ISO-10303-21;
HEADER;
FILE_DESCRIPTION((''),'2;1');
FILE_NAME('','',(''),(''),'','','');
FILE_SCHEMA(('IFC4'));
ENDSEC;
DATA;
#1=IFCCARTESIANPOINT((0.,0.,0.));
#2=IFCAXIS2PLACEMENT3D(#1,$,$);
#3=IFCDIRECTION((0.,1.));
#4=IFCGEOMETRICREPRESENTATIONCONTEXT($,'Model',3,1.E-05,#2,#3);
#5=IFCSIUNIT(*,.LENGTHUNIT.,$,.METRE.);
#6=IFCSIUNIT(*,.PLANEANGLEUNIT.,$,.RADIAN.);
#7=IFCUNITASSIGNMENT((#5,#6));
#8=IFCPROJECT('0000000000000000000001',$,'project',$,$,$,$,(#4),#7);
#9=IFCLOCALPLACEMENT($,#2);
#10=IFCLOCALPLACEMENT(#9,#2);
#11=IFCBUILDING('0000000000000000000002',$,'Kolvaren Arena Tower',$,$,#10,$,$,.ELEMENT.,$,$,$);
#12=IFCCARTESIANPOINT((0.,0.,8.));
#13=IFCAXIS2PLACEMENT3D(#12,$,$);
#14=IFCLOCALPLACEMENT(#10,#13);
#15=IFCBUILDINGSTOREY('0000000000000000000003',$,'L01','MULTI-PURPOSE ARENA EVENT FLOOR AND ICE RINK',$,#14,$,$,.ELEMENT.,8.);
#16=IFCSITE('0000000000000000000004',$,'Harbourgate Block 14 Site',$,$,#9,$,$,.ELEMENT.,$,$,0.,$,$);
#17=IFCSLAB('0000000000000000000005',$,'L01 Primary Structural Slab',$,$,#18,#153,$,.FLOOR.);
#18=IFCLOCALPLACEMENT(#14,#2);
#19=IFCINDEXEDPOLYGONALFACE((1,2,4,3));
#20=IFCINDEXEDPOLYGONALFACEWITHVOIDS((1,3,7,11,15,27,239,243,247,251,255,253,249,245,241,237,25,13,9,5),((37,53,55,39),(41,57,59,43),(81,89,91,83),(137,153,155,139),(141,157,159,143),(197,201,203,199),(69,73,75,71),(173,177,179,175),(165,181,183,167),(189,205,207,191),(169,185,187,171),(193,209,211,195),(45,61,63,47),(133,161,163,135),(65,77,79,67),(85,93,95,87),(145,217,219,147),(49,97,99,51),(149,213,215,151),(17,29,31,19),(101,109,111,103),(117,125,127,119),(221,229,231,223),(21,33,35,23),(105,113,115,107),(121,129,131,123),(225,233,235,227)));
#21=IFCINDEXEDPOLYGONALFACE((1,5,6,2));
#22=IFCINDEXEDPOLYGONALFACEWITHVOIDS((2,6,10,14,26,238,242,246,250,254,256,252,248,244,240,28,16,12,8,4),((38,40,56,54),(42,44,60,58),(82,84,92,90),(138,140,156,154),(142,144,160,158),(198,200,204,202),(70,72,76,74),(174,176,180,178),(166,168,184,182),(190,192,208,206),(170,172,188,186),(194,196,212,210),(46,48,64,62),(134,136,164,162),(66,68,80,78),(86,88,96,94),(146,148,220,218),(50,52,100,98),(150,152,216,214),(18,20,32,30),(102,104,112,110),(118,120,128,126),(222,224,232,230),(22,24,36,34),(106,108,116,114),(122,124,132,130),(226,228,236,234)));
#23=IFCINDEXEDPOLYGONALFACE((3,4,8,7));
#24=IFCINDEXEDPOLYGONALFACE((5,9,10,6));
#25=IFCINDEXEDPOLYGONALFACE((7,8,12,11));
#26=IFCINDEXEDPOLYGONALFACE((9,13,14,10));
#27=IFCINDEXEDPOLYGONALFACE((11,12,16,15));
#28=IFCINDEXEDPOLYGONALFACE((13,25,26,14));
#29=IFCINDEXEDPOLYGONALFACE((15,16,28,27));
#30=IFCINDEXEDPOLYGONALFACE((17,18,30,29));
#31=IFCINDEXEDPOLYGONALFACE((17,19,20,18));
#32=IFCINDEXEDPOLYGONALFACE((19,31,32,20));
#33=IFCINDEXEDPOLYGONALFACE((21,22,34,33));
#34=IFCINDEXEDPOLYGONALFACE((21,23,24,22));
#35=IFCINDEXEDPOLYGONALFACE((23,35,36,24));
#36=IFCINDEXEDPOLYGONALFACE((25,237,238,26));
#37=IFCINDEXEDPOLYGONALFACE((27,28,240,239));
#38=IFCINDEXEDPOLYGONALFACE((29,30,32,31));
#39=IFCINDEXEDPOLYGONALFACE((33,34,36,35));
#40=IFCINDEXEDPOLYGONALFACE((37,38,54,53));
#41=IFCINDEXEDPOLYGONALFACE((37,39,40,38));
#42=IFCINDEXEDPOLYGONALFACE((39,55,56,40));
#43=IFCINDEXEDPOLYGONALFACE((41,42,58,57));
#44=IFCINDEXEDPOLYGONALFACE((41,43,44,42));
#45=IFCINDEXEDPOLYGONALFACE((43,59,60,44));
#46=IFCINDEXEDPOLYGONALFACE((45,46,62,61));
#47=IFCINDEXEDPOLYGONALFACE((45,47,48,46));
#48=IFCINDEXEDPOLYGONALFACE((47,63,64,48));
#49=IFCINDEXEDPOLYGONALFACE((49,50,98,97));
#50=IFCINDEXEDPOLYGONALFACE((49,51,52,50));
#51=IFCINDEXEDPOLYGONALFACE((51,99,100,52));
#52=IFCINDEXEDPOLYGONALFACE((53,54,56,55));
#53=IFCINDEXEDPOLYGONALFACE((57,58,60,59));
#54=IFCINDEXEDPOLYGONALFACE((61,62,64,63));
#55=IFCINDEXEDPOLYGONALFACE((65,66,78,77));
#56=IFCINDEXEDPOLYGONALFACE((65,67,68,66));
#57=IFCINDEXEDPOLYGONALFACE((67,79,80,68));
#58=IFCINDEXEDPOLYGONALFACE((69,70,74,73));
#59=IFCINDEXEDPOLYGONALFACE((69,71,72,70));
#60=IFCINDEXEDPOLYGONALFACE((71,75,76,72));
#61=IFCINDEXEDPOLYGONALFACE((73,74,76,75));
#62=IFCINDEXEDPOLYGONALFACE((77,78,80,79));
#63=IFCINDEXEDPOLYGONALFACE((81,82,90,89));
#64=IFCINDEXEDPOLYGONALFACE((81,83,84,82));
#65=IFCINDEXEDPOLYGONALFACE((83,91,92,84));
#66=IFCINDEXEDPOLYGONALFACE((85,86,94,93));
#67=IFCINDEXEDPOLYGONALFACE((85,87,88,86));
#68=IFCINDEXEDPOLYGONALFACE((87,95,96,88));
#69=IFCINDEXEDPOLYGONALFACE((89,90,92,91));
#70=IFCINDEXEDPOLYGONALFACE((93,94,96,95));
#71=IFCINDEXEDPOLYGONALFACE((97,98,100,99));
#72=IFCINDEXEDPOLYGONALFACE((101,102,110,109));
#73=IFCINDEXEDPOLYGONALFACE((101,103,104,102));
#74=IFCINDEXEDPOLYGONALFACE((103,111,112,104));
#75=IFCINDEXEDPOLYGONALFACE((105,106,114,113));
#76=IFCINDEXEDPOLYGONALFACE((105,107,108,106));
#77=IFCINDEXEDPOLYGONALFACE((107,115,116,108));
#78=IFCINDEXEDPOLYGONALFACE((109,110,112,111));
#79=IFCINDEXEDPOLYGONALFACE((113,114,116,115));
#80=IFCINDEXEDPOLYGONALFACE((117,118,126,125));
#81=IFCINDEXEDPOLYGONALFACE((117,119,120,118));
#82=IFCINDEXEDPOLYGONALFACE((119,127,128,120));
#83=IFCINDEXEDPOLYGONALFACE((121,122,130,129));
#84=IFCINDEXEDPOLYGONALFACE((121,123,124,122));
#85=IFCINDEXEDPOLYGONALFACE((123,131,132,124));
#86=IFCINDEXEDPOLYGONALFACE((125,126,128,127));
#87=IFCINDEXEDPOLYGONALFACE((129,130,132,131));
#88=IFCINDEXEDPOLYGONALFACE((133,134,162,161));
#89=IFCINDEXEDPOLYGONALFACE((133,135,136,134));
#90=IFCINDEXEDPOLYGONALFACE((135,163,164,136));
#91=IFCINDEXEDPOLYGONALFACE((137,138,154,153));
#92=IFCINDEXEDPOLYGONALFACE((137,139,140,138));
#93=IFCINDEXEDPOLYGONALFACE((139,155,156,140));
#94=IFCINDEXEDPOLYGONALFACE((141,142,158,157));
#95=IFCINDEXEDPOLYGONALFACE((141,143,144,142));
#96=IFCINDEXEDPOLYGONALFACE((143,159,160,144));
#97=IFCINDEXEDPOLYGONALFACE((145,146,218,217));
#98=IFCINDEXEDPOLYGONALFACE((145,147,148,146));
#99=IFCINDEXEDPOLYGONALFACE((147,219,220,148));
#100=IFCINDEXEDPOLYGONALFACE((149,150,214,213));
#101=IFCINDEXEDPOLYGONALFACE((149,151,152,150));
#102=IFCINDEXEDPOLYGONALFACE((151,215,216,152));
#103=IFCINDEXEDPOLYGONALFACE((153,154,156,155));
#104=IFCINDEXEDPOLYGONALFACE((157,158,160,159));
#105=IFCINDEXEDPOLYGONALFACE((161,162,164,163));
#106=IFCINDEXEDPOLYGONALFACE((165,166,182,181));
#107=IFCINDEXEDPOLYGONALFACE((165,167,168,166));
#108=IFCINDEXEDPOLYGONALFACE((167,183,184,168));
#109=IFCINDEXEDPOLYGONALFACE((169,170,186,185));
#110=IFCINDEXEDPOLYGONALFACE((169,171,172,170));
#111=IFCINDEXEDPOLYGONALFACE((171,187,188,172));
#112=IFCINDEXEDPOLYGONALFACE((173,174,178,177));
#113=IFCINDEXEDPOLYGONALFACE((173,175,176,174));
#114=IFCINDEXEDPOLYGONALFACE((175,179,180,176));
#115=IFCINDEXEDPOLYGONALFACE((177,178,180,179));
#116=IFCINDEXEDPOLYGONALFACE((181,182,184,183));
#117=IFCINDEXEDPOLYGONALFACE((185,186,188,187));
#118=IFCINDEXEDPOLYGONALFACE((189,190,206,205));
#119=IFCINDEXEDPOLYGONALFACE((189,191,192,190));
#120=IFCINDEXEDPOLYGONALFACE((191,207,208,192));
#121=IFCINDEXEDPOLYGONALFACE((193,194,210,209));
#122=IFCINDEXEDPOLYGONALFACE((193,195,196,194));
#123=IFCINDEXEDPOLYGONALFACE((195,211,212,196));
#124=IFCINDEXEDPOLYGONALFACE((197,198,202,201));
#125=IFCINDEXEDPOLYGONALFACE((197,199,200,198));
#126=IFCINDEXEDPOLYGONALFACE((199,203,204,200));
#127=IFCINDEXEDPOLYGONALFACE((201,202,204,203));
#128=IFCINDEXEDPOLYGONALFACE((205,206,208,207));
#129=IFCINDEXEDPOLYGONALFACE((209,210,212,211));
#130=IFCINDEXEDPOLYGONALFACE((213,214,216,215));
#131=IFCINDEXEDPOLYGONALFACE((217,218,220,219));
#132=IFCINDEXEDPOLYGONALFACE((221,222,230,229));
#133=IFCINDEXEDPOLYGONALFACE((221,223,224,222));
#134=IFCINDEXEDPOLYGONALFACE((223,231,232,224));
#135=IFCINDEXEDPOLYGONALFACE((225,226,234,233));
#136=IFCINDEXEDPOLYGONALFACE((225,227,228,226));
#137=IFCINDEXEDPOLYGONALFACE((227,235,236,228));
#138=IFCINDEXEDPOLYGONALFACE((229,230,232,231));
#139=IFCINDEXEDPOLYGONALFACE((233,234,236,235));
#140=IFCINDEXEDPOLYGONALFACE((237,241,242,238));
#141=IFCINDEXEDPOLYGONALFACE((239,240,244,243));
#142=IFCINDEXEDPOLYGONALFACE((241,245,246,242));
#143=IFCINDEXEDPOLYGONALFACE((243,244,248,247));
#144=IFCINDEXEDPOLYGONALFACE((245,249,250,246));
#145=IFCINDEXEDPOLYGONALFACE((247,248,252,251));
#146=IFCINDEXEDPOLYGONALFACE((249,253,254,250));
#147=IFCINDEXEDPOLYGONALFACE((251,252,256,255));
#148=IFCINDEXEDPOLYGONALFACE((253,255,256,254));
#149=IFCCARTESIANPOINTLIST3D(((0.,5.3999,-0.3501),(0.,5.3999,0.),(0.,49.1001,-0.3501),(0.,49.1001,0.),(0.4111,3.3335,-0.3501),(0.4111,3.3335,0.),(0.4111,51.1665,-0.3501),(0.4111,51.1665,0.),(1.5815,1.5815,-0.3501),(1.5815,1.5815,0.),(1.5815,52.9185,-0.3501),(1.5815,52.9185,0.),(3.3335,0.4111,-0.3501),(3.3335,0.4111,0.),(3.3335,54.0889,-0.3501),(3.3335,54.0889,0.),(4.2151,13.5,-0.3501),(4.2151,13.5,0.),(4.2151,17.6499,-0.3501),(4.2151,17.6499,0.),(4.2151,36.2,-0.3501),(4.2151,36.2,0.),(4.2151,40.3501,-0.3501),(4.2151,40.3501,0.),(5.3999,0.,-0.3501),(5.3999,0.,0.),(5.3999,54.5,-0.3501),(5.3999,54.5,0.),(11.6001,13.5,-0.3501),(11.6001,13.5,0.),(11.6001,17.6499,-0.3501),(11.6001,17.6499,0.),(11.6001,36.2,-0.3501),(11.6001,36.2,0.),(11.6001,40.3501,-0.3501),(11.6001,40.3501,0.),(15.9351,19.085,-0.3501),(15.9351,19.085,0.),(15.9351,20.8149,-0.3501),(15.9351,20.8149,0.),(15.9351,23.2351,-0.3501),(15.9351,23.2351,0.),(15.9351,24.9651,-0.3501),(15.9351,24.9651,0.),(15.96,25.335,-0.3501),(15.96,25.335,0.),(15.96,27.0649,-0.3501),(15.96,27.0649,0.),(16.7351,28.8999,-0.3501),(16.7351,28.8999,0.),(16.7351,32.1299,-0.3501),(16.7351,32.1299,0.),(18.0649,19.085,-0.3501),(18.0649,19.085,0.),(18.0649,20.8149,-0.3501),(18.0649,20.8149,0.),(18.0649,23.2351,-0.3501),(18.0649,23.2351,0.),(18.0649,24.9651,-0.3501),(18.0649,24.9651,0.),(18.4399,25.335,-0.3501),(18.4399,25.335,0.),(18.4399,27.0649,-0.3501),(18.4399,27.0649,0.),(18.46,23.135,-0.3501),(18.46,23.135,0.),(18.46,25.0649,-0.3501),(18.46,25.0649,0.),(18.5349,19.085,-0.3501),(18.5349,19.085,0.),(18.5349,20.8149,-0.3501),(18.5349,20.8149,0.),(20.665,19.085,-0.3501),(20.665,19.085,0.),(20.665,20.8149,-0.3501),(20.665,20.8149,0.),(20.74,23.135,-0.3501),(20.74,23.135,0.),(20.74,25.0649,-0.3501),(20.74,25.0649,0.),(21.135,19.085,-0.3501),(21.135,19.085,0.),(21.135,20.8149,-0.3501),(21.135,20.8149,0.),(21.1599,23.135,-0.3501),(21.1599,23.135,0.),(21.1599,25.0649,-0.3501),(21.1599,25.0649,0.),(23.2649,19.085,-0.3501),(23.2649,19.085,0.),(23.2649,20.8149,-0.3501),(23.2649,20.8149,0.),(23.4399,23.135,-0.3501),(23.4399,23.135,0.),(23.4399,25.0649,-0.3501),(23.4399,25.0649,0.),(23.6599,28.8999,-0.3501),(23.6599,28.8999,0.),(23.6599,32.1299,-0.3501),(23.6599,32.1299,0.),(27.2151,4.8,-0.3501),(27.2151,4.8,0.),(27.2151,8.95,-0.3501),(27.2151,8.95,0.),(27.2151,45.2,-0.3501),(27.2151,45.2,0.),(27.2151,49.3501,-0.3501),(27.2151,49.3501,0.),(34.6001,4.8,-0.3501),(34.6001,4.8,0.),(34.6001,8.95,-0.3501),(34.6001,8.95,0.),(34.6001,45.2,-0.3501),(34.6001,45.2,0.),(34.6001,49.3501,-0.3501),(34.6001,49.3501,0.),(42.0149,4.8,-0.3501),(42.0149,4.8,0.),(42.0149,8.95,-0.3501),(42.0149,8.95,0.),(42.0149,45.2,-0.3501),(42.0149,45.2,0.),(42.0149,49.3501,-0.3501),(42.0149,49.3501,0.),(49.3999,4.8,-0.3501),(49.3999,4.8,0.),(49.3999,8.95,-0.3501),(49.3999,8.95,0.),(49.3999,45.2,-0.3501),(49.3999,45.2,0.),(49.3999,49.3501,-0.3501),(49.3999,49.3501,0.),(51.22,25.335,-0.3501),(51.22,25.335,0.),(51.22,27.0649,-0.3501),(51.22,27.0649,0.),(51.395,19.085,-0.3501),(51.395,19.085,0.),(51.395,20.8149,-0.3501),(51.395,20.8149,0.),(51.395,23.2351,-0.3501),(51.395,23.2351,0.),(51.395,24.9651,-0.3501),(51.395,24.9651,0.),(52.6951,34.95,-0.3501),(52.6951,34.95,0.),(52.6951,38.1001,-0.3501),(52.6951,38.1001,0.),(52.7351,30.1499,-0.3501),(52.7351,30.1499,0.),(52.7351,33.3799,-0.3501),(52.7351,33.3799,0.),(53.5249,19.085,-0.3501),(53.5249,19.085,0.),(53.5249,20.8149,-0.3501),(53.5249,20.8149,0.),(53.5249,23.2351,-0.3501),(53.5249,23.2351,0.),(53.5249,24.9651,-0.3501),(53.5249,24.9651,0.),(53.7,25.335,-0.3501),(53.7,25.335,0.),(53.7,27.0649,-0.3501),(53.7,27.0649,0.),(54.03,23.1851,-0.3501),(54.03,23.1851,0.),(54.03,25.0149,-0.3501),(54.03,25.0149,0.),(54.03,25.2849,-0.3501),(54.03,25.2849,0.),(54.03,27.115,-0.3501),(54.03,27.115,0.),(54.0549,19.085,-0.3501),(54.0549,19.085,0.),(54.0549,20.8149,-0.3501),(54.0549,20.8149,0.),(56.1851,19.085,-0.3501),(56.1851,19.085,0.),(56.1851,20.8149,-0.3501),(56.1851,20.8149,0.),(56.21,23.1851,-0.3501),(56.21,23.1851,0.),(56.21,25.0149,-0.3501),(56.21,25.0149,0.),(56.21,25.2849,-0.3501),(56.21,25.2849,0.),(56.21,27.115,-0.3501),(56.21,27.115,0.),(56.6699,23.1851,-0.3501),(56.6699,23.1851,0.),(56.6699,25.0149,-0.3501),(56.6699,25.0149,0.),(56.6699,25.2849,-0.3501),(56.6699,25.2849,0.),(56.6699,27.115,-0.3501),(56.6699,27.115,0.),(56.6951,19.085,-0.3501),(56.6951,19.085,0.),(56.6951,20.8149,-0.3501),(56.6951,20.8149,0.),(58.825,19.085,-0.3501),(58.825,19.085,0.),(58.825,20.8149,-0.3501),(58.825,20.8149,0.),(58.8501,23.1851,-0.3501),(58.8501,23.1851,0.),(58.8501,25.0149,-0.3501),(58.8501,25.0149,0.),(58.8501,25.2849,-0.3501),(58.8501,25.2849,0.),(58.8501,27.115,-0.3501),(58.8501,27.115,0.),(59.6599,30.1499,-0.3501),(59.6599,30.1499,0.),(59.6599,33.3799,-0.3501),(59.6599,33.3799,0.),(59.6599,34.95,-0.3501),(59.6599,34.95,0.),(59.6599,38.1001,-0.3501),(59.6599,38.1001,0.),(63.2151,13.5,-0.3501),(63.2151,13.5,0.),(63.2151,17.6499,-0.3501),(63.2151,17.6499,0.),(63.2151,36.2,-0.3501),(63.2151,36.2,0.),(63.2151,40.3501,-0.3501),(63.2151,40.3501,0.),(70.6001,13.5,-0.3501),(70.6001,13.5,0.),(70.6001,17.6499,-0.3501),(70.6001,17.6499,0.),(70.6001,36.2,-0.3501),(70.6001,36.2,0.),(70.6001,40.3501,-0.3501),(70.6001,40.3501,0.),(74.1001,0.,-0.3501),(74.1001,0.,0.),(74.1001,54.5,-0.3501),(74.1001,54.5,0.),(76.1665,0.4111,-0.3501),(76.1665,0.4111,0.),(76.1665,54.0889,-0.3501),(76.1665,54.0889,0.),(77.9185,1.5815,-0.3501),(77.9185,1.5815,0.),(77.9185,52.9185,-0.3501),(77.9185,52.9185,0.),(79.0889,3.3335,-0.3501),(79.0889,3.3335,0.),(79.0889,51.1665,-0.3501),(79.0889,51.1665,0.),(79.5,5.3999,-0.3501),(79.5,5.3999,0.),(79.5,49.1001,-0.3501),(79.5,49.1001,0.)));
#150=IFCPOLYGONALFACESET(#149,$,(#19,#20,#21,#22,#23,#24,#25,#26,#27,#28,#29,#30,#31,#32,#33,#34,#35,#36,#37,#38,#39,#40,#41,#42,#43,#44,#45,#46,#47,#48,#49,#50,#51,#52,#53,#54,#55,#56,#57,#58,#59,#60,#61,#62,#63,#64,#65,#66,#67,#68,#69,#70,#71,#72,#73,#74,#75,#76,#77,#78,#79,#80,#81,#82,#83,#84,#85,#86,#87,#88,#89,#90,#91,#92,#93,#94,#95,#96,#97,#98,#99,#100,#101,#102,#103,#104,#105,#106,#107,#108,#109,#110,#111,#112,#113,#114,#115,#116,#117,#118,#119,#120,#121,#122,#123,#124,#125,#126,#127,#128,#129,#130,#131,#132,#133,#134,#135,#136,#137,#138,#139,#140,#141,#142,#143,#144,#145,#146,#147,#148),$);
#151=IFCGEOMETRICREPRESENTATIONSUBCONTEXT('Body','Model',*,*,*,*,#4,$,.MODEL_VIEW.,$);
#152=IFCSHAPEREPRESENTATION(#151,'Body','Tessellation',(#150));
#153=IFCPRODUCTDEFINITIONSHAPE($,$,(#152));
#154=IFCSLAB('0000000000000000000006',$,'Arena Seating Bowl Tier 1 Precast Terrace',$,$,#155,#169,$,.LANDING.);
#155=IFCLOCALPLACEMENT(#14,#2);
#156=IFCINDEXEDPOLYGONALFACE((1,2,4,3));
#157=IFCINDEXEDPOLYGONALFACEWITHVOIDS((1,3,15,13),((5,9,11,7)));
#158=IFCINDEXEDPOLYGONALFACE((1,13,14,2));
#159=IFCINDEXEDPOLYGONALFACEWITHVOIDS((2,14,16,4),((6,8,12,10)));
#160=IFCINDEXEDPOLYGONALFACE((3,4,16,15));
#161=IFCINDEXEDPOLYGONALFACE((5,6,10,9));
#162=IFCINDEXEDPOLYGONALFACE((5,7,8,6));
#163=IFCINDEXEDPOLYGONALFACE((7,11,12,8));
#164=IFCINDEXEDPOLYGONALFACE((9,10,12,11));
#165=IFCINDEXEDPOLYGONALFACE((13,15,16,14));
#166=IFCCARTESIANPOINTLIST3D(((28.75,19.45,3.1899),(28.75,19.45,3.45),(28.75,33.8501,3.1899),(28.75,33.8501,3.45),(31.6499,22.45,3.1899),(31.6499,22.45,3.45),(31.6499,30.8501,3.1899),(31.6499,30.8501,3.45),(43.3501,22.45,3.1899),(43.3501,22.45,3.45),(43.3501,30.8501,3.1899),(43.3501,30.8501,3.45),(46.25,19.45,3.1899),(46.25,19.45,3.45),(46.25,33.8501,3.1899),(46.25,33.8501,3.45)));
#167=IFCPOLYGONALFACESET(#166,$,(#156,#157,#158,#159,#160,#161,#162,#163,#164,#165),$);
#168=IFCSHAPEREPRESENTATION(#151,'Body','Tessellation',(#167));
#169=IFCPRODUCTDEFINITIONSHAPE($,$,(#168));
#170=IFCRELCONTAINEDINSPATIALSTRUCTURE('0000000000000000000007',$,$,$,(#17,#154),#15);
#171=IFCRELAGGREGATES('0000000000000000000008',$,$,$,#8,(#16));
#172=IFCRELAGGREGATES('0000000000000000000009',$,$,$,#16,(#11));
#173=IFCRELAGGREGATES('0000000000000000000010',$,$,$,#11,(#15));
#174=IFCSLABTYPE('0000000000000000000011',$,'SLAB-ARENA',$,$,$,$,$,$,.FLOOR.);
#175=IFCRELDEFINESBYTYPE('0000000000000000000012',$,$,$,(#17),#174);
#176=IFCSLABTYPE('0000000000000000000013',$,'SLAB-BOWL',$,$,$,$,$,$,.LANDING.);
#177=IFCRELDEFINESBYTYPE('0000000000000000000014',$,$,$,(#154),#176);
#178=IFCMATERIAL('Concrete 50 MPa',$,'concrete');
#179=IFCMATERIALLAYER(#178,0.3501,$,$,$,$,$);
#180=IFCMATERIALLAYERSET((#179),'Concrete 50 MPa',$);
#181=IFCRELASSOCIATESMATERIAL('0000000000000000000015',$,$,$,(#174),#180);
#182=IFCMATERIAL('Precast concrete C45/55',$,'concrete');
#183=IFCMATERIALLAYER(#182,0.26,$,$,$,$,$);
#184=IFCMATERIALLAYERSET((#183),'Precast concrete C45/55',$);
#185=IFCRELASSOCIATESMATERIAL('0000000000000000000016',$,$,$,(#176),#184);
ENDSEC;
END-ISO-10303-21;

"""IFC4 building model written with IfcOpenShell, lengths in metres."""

from ifc_helpers import new_model, si_unit, direction, frame, origin, place, context, subcontext, project, spatial, polyline, outline, extrude, material, layer, layer_set, type_object, element, save


model = new_model("IFC4")

# Units and contexts
model_context = context("Model", 3, precision=1e-05, world=origin(), true_north=direction((0.0, 1.0)))
body_context = subcontext(model_context, "Body", "Model", "MODEL_VIEW")
ifc_project = project(units=[si_unit("LENGTHUNIT", "METRE"), si_unit("PLANEANGLEUNIT", "RADIAN")], contexts=[model_context])

# Site, building, storey
site_placement = place(None, origin())
site = spatial("IfcSite", under=ifc_project, at=site_placement, Name="Harbourgate Block 14 Site", CompositionType="ELEMENT", RefElevation=0.0)
building_placement = place(site_placement, origin())
building = spatial("IfcBuilding", under=site, at=building_placement, Name="Kolvaren Arena Tower", CompositionType="ELEMENT")
storey_placement = place(building_placement, frame((0.0, 0.0, 8.0)))
storey = spatial("IfcBuildingStorey", under=building, at=storey_placement, Name="L01", Description="MULTI-PURPOSE ARENA EVENT FLOOR AND ICE RINK", CompositionType="ELEMENT", Elevation=8.0)

# Slabs
ifc_material_1 = material(Name="Concrete 50 MPa", Category="concrete")
ifc_layer_1 = layer(ifc_material_1, 0.3501)
ifc_layer_set_1 = layer_set([ifc_layer_1], Name="Concrete 50 MPa")
slab_type_1 = type_object("IfcSlabType", Name="SLAB-ARENA", PredefinedType="FLOOR", material=ifc_layer_set_1)
slab_1_placement = place(storey_placement, frame((0.0, 0.0, -0.3501)))
element("IfcSlab", 1, at=slab_1_placement, inside=storey, type_object=slab_type_1, Name="L01 Primary Structural Slab", PredefinedType="FLOOR", context=body_context, shape_type="SweptSolid", body=[
    extrude(outline(polyline([(74.1001, 0.0), (76.1665, 0.4111), (77.9185, 1.5815), (79.0889, 3.3335), (79.5, 5.3999), (79.5, 49.1001), (79.0889, 51.1665), (77.9185, 52.9185), (76.1665, 54.0889), (74.1001, 54.5), (5.3999, 54.5), (3.3335, 54.0889), (1.5815, 52.9185), (0.4111, 51.1665), (0.0, 49.1001), (0.0, 5.3999), (0.4111, 3.3335), (1.5815, 1.5815), (3.3335, 0.4111), (5.3999, 0.0), (74.1001, 0.0)]), holes=[polyline([(27.2151, 4.8), (27.2151, 8.95), (34.6001, 8.95), (34.6001, 4.8), (27.2151, 4.8)]), polyline([(42.0149, 8.95), (49.3999, 8.95), (49.3999, 4.8), (42.0149, 4.8), (42.0149, 8.95)]), polyline([(4.2151, 17.6499), (11.6001, 17.6499), (11.6001, 13.5), (4.2151, 13.5), (4.2151, 17.6499)]), polyline([(63.2151, 17.6499), (70.6001, 17.6499), (70.6001, 13.5), (63.2151, 13.5), (63.2151, 17.6499)]), polyline([(15.9351, 19.085), (15.9351, 20.8149), (18.0649, 20.8149), (18.0649, 19.085), (15.9351, 19.085)]), polyline([(18.5349, 20.8149), (20.665, 20.8149), (20.665, 19.085), (18.5349, 19.085), (18.5349, 20.8149)]), polyline([(21.135, 20.8149), (23.2649, 20.8149), (23.2649, 19.085), (21.135, 19.085), (21.135, 20.8149)]), polyline([(51.395, 20.8149), (53.5249, 20.8149), (53.5249, 19.085), (51.395, 19.085), (51.395, 20.8149)]), polyline([(54.0549, 20.8149), (56.1851, 20.8149), (56.1851, 19.085), (54.0549, 19.085), (54.0549, 20.8149)]), polyline([(56.6951, 20.8149), (58.825, 20.8149), (58.825, 19.085), (56.6951, 19.085), (56.6951, 20.8149)]), polyline([(18.46, 25.0649), (20.74, 25.0649), (20.74, 23.135), (18.46, 23.135), (18.46, 25.0649)]), polyline([(21.1599, 25.0649), (23.4399, 25.0649), (23.4399, 23.135), (21.1599, 23.135), (21.1599, 25.0649)]), polyline([(54.03, 25.0149), (56.21, 25.0149), (56.21, 23.1851), (54.03, 23.1851), (54.03, 25.0149)]), polyline([(56.6699, 23.1851), (56.6699, 25.0149), (58.8501, 25.0149), (58.8501, 23.1851), (56.6699, 23.1851)]), polyline([(15.9351, 23.2351), (15.9351, 24.9651), (18.0649, 24.9651), (18.0649, 23.2351), (15.9351, 23.2351)]), polyline([(51.395, 24.9651), (53.5249, 24.9651), (53.5249, 23.2351), (51.395, 23.2351), (51.395, 24.9651)]), polyline([(54.03, 27.115), (56.21, 27.115), (56.21, 25.2849), (54.03, 25.2849), (54.03, 27.115)]), polyline([(56.6699, 27.115), (58.8501, 27.115), (58.8501, 25.2849), (56.6699, 25.2849), (56.6699, 27.115)]), polyline([(15.96, 27.0649), (18.4399, 27.0649), (18.4399, 25.335), (15.96, 25.335), (15.96, 27.0649)]), polyline([(51.22, 27.0649), (53.7, 27.0649), (53.7, 25.335), (51.22, 25.335), (51.22, 27.0649)]), polyline([(16.7351, 32.1299), (23.6599, 32.1299), (23.6599, 28.8999), (16.7351, 28.8999), (16.7351, 32.1299)]), polyline([(52.7351, 33.3799), (59.6599, 33.3799), (59.6599, 30.1499), (52.7351, 30.1499), (52.7351, 33.3799)]), polyline([(52.6951, 38.1001), (59.6599, 38.1001), (59.6599, 34.95), (52.6951, 34.95), (52.6951, 38.1001)]), polyline([(4.2151, 40.3501), (11.6001, 40.3501), (11.6001, 36.2), (4.2151, 36.2), (4.2151, 40.3501)]), polyline([(63.2151, 40.3501), (70.6001, 40.3501), (70.6001, 36.2), (63.2151, 36.2), (63.2151, 40.3501)]), polyline([(27.2151, 49.3501), (34.6001, 49.3501), (34.6001, 45.2), (27.2151, 45.2), (27.2151, 49.3501)]), polyline([(42.0149, 45.2), (42.0149, 49.3501), (49.3999, 49.3501), (49.3999, 45.2), (42.0149, 45.2)])]), origin(), (0.0, 0.0, 1.0), 0.3501),
])
ifc_material_2 = material(Name="Precast concrete C45/55", Category="concrete")
ifc_layer_2 = layer(ifc_material_2, 0.26)
ifc_layer_set_2 = layer_set([ifc_layer_2], Name="Precast concrete C45/55")
slab_type_2 = type_object("IfcSlabType", Name="SLAB-BOWL", PredefinedType="LANDING", material=ifc_layer_set_2)
slab_2_placement = place(storey_placement, frame((0.0, 0.0, 3.1899)))
element("IfcSlab", 2, at=slab_2_placement, inside=storey, type_object=slab_type_2, Name="Arena Seating Bowl Tier 1 Precast Terrace", PredefinedType="LANDING", context=body_context, shape_type="SweptSolid", body=[
    extrude(outline(polyline([(28.75, 19.45), (46.25, 19.45), (46.25, 33.8501), (28.75, 33.8501), (28.75, 19.45)]), holes=[polyline([(31.6499, 22.45), (43.3501, 22.45), (43.3501, 30.8501), (31.6499, 30.8501), (31.6499, 22.45)])]), origin(), (0.0, 0.0, 1.0), 0.26),
])

save(model, "model.ifc")
